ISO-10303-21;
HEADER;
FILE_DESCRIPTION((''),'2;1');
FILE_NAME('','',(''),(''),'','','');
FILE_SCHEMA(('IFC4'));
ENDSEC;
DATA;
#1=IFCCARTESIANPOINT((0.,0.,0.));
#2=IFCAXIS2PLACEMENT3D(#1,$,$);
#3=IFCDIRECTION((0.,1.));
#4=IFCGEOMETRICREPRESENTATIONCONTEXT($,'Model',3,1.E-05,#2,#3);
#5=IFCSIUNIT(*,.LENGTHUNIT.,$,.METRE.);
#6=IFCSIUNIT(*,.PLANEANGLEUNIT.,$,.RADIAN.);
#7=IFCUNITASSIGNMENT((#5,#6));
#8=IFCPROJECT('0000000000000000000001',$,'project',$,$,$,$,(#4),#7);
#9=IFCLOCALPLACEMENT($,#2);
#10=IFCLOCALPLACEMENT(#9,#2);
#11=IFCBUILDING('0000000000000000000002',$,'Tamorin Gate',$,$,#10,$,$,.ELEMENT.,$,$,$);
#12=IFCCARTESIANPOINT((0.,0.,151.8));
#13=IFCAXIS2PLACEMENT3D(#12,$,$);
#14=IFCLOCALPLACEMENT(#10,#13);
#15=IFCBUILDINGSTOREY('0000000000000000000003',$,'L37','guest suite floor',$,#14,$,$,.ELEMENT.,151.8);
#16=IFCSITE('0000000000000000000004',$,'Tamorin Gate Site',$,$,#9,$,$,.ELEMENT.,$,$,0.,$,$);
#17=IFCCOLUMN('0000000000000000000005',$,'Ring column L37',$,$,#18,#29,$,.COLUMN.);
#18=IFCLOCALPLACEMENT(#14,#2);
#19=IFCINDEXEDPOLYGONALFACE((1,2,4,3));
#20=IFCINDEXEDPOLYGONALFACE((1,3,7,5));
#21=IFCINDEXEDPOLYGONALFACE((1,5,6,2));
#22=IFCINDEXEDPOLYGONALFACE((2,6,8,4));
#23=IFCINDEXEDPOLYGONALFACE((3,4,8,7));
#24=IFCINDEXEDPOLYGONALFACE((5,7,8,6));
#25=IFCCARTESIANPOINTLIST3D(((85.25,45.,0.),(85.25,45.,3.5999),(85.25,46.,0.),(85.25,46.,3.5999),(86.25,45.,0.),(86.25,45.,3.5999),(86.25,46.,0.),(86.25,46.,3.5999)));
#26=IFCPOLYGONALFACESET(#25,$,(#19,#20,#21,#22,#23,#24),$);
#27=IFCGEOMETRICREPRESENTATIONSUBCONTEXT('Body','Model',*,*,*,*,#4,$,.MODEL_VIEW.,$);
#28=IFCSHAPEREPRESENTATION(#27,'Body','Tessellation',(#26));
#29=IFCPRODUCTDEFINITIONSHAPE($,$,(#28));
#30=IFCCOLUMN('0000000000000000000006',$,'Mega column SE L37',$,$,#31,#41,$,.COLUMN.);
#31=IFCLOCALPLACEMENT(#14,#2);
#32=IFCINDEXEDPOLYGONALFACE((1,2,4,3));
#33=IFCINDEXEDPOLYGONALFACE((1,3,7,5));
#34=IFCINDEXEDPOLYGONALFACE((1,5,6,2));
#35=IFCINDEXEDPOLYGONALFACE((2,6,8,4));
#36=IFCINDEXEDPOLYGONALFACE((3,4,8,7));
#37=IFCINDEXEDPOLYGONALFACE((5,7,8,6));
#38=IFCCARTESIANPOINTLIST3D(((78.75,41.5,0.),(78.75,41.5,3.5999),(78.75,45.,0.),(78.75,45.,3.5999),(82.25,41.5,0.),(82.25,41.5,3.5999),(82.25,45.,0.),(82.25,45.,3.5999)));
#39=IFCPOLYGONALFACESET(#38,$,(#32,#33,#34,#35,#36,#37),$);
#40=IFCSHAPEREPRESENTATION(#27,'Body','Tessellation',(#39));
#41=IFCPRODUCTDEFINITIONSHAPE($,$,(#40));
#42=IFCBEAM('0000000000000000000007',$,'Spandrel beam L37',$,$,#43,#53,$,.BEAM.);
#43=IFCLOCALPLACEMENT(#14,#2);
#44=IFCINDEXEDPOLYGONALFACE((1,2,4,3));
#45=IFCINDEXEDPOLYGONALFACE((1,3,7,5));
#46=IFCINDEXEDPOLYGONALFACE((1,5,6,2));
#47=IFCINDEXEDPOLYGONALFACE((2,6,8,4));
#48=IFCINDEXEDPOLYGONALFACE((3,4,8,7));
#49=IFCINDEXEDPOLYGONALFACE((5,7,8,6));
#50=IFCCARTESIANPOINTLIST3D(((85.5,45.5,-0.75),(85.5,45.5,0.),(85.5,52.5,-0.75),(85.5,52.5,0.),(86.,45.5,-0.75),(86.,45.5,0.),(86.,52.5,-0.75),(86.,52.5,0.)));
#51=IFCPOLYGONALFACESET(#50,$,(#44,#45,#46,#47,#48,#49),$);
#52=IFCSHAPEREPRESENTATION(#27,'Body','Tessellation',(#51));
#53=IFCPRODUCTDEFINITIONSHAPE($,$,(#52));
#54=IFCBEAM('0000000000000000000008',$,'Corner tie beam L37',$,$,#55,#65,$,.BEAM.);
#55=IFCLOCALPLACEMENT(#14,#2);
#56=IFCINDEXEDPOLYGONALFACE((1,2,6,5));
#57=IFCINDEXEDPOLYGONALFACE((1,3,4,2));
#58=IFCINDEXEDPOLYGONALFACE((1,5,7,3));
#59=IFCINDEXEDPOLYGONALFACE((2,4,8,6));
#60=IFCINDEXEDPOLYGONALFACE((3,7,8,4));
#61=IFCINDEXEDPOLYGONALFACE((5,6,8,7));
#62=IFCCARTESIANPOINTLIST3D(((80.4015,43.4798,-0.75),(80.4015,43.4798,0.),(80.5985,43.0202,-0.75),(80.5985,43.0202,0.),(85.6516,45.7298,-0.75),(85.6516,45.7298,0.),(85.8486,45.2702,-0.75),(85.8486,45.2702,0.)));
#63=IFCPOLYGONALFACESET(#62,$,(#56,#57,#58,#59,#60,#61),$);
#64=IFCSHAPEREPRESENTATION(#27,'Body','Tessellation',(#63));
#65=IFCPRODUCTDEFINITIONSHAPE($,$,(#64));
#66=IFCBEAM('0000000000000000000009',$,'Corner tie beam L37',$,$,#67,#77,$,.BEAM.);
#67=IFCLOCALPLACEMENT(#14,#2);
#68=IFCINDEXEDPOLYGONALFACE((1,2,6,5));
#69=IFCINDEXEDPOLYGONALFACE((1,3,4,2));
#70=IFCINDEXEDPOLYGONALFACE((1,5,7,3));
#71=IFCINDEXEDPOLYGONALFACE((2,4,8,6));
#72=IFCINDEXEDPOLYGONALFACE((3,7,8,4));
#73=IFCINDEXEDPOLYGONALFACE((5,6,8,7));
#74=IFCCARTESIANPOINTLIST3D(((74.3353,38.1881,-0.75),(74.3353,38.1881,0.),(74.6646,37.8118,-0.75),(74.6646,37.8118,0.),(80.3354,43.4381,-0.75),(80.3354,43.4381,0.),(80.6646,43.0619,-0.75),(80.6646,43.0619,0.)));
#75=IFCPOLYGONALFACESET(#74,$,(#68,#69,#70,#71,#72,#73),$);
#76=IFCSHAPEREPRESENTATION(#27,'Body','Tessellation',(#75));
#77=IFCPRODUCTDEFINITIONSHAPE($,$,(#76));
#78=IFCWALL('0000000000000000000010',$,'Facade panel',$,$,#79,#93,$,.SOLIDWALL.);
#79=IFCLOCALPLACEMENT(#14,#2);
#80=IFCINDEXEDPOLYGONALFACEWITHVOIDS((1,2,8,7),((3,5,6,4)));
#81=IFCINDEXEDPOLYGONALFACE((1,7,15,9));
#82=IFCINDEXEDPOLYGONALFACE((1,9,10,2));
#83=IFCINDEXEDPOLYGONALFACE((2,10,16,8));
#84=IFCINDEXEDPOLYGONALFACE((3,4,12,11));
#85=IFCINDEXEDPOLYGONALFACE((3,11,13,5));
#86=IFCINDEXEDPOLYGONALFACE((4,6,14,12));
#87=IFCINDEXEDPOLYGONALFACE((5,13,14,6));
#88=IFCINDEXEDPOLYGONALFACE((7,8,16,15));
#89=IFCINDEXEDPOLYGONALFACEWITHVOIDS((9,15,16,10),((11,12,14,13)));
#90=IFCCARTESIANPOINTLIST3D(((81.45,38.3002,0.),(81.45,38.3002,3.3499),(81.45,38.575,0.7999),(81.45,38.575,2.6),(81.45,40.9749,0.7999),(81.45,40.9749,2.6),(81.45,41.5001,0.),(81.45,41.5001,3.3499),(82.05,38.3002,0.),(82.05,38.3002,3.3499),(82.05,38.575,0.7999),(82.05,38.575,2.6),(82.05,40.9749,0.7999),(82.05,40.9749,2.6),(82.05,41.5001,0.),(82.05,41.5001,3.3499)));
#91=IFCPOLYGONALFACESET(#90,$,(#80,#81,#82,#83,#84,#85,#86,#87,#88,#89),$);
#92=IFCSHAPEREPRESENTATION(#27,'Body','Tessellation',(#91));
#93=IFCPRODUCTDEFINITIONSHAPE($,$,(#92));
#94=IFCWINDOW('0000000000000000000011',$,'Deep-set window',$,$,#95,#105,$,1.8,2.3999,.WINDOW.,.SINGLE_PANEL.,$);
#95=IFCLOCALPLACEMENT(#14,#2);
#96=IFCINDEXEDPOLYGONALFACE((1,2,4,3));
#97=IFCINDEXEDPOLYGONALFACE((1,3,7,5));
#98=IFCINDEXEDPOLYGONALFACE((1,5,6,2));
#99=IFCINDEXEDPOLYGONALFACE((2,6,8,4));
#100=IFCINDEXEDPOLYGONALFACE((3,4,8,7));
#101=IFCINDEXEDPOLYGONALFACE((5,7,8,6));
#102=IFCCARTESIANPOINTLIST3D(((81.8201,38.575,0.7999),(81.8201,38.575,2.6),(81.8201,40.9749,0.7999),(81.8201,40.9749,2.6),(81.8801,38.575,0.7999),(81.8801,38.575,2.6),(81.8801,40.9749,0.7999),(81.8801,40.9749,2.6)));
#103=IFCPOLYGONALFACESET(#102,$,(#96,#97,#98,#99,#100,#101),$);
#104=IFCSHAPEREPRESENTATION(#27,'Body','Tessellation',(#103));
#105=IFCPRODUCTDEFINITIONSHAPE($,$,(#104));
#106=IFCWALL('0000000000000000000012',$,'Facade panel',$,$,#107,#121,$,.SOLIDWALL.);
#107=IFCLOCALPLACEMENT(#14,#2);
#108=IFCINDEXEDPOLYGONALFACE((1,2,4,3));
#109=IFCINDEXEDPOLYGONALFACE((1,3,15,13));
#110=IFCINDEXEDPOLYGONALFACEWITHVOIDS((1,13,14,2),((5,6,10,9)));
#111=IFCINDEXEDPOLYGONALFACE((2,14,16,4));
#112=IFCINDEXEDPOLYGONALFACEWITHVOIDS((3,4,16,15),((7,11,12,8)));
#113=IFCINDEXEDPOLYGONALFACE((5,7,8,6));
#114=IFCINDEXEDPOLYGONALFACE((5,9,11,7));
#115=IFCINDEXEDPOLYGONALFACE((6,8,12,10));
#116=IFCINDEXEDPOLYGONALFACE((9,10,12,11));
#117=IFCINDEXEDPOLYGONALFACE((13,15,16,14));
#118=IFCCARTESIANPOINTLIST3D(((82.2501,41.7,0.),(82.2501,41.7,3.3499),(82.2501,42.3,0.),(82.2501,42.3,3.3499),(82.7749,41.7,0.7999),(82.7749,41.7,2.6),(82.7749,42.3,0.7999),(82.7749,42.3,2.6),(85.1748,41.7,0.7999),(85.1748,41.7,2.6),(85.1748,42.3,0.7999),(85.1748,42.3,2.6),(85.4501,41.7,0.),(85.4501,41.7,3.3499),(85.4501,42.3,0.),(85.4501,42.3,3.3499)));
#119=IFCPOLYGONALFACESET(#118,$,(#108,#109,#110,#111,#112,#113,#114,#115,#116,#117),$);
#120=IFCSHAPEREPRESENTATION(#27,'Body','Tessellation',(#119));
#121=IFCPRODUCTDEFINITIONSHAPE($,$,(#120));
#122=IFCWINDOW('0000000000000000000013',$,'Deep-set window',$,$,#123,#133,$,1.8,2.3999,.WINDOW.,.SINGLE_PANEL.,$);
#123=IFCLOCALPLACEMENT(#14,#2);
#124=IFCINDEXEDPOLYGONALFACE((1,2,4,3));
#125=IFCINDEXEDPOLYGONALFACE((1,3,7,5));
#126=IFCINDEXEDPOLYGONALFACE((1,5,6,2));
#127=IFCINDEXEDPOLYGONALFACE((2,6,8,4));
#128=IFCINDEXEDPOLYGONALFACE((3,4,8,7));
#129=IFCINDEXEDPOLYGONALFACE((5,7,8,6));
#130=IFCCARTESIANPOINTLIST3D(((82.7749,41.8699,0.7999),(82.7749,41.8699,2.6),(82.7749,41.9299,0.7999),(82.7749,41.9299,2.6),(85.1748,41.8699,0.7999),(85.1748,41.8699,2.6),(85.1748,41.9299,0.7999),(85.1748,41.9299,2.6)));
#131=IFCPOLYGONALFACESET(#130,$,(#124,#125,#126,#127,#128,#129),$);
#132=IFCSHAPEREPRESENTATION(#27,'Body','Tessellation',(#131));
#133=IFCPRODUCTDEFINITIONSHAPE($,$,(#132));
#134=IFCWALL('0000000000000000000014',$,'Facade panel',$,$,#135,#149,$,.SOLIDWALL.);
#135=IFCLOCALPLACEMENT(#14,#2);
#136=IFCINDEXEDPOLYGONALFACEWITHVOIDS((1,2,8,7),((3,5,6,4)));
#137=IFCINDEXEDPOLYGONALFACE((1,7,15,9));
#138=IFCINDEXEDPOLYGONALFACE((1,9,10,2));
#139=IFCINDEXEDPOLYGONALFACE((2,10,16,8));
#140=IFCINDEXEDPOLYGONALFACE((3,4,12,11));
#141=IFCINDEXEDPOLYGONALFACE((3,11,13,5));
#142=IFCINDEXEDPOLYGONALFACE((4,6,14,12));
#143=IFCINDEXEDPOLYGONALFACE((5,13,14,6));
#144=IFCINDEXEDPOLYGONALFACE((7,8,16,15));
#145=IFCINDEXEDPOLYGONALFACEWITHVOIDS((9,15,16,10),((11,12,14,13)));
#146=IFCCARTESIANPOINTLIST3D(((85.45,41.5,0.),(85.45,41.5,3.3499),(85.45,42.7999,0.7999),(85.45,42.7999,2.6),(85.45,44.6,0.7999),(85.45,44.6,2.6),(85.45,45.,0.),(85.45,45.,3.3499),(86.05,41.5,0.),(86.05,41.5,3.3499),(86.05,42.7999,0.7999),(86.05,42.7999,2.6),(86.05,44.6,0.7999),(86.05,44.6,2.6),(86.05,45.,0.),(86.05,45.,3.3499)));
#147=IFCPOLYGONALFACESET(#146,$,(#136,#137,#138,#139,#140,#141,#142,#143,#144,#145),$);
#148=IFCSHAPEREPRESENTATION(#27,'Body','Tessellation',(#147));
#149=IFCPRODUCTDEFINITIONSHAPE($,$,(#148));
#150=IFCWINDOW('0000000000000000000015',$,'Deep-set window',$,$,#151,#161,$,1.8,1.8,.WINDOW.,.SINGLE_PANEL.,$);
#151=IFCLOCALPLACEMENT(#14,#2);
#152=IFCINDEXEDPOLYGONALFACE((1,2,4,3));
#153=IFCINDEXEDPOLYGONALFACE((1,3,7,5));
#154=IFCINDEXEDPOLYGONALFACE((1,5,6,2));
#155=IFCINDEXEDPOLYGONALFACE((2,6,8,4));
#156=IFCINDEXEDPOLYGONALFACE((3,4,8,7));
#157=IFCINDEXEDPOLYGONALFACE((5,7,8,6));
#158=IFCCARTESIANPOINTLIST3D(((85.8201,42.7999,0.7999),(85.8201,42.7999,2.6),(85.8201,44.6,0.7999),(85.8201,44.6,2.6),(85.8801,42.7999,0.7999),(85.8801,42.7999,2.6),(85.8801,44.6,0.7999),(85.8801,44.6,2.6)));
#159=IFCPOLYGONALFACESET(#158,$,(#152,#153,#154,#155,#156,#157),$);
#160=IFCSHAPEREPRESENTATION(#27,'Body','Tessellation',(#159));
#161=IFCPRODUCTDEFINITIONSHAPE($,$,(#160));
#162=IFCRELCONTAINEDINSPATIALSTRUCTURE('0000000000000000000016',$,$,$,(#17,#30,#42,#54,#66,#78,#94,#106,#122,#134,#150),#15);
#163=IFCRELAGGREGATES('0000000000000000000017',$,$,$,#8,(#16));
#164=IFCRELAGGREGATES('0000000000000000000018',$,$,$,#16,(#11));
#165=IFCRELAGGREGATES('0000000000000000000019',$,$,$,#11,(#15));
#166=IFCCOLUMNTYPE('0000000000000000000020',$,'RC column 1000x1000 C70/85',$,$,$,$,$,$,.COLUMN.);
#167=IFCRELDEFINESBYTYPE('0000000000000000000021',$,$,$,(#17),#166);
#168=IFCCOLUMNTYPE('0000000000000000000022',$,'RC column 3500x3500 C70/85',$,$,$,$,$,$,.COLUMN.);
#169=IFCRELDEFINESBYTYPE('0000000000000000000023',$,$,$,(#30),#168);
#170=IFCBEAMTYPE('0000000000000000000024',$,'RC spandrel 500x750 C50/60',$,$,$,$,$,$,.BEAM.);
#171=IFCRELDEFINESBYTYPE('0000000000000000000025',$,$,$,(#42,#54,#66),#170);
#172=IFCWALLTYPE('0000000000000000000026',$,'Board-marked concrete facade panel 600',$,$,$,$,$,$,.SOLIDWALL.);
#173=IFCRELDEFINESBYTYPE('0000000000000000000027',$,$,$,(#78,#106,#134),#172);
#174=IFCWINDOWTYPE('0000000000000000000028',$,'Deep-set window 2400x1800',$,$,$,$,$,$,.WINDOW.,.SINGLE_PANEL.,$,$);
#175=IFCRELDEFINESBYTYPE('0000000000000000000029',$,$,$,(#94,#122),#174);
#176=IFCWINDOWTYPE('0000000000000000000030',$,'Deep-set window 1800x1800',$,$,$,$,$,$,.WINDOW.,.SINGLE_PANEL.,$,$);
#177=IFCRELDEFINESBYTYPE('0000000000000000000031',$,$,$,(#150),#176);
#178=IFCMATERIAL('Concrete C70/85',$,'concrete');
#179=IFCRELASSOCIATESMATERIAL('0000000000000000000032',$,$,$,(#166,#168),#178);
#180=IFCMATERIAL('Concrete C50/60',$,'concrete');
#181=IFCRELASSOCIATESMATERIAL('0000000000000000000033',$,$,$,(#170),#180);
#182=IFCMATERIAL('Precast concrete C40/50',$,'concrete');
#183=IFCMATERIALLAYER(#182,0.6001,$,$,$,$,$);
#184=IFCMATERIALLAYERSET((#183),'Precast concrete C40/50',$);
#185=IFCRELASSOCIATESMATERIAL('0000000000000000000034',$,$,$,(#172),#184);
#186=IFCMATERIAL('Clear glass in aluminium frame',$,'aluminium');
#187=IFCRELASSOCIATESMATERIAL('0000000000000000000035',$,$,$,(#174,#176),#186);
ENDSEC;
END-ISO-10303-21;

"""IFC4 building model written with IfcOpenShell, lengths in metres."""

from ifc_helpers import new_model, si_unit, direction, frame, frame_2d, origin, origin_2d, place, context, subcontext, project, spatial, rectangle, extrude, material, layer, layer_set, material_profile, profile_set, type_object, element, fill, save


model = new_model("IFC4")

# Units and contexts
model_context = context("Model", 3, precision=1e-05, world=origin(), true_north=direction((0.0, 1.0)))
body_context = subcontext(model_context, "Body", "Model", "MODEL_VIEW")
ifc_project = project(units=[si_unit("LENGTHUNIT", "METRE"), si_unit("PLANEANGLEUNIT", "RADIAN")], contexts=[model_context])

# Site, building, storey
site_placement = place(None, origin())
site = spatial("IfcSite", under=ifc_project, at=site_placement, Name="Tamorin Gate Site", CompositionType="ELEMENT", RefElevation=0.0)
building_placement = place(site_placement, origin())
building = spatial("IfcBuilding", under=site, at=building_placement, Name="Tamorin Gate", CompositionType="ELEMENT")
storey_placement = place(building_placement, frame((0.0, 0.0, 151.8)))
storey = spatial("IfcBuildingStorey", under=building, at=storey_placement, Name="L37", Description="guest suite floor", CompositionType="ELEMENT", Elevation=151.8)

# Columns
ifc_material_1 = material(Name="Concrete C70/85", Category="concrete")
ifc_material_profile_1 = material_profile(ifc_material_1, rectangle(XDim=1.0, YDim=1.0, at=origin_2d()), Name="RC 1000x1000")
ifc_profile_set_1 = profile_set([ifc_material_profile_1], Name="Concrete C70/85")
column_type_1 = type_object("IfcColumnType", Name="RC column 1000x1000 C70/85", PredefinedType="COLUMN", material=ifc_profile_set_1)
column_1_placement = place(storey_placement, frame((85.75, 45.5, 0.0), z_axis=(0.0, 0.0, 1.0), x_axis=(1.0, 0.0, 0.0)))
element("IfcColumn", 1, at=column_1_placement, inside=storey, type_object=column_type_1, Name="Ring column L37", PredefinedType="COLUMN", context=body_context, shape_type="SweptSolid", body=[
    extrude(rectangle(XDim=1.0, YDim=1.0, at=origin_2d()), origin(), (0.0, 0.0, 1.0), 3.5999),
])
ifc_material_profile_2 = material_profile(ifc_material_1, rectangle(XDim=3.5, YDim=3.5, at=origin_2d()), Name="RC 3500x3500")
ifc_profile_set_2 = profile_set([ifc_material_profile_2], Name="Concrete C70/85")
column_type_2 = type_object("IfcColumnType", Name="RC column 3500x3500 C70/85", PredefinedType="COLUMN", material=ifc_profile_set_2)
column_2_placement = place(storey_placement, frame((80.5, 43.25, 0.0), z_axis=(0.0, 0.0, 1.0), x_axis=(1.0, 0.0, 0.0)))
element("IfcColumn", 2, at=column_2_placement, inside=storey, type_object=column_type_2, Name="Mega column SE L37", PredefinedType="COLUMN", context=body_context, shape_type="SweptSolid", body=[
    extrude(rectangle(XDim=3.5, YDim=3.5, at=origin_2d()), origin(), (0.0, 0.0, 1.0), 3.5999),
])

# Beams
ifc_material_2 = material(Name="Concrete C50/60", Category="concrete")
ifc_material_profile_3 = material_profile(ifc_material_2, rectangle(XDim=0.5, YDim=0.75, at=origin_2d()), Name="RC 500x750")
ifc_profile_set_3 = profile_set([ifc_material_profile_3], Name="Concrete C50/60")
beam_type = type_object("IfcBeamType", Name="RC spandrel 500x750 C50/60", PredefinedType="BEAM", material=ifc_profile_set_3)
beam_1_placement = place(storey_placement, frame((85.75, 45.5, -0.375), z_axis=(0.0, 1.0, 0.0), x_axis=(-1.0, 0.0, 0.0)))
element("IfcBeam", 3, at=beam_1_placement, inside=storey, type_object=beam_type, Name="Spandrel beam L37", PredefinedType="BEAM", context=body_context, shape_type="SweptSolid", body=[
    extrude(rectangle(XDim=0.5, YDim=0.75, at=origin_2d()), origin(), (0.0, 0.0, 1.0), 7.0),
])
beam_2_placement = place(storey_placement, frame((80.5, 43.25, -0.375), z_axis=(0.919145, 0.393919, 0.0), x_axis=(-0.393919, 0.919145, 0.0)))
element("IfcBeam", 4, at=beam_2_placement, inside=storey, type_object=beam_type, Name="Corner tie beam L37", PredefinedType="BEAM", context=body_context, shape_type="SweptSolid", body=[
    extrude(rectangle(XDim=0.5, YDim=0.75, at=origin_2d()), origin(), (0.0, 0.0, 1.0), 5.7119),
])
beam_3_placement = place(storey_placement, frame((80.5, 43.25, -0.375), z_axis=(-0.752577, -0.658505, 0.0), x_axis=(0.658505, -0.752577, 0.0)))
element("IfcBeam", 5, at=beam_3_placement, inside=storey, type_object=beam_type, Name="Corner tie beam L37", PredefinedType="BEAM", context=body_context, shape_type="SweptSolid", body=[
    extrude(rectangle(XDim=0.5, YDim=0.75, at=origin_2d()), origin(), (0.0, 0.0, 1.0), 7.9727),
])

# Walls, openings, windows
ifc_material_3 = material(Name="Precast concrete C40/50", Category="concrete")
ifc_layer_1 = layer(ifc_material_3, 0.6001)
ifc_layer_set_1 = layer_set([ifc_layer_1], Name="Precast concrete C40/50")
wall_type_1 = type_object("IfcWallType", Name="Board-marked concrete facade panel 600", PredefinedType="SOLIDWALL", material=ifc_layer_set_1)
wall_1_placement = place(storey_placement, frame((81.75, 38.3, 0.0), z_axis=(0.0, 0.0, 1.0), x_axis=(0.0, 1.0, 0.0)))
wall_1 = element("IfcWall", 6, at=wall_1_placement, inside=storey, type_object=wall_type_1, Name="Facade panel", PredefinedType="SOLIDWALL", context=body_context, shape_type="SweptSolid", body=[
    extrude(rectangle(XDim=3.2, YDim=0.6001, at=frame_2d((1.6001, 0.0))), origin(), (0.0, 0.0, 1.0), 3.3499),
])
opening_1_placement = place(wall_1_placement, frame((0.2749, 0.0, 0.8)))
opening_1 = element("IfcOpeningElement", 7, at=opening_1_placement, cuts=wall_1, PredefinedType="OPENING", context=body_context, shape_type="SweptSolid", body=[
    extrude(rectangle(XDim=2.3999, YDim=1.8, at=frame_2d((1.2, 0.8999))), frame((0.0, 0.3101, 0.0), z_axis=(0.0, -1.0, 0.0), x_axis=(1.0, 0.0, 0.0)), (0.0, 0.0, 1.0), 0.6201),
])
ifc_material_4 = material(Name="Clear glass in aluminium frame", Category="aluminium")
window_type_1 = type_object("IfcWindowType", Name="Deep-set window 2400x1800", PartitioningType="SINGLE_PANEL", PredefinedType="WINDOW", material=ifc_material_4)
window_1_placement = place(opening_1_placement, origin())
window_1 = element("IfcWindow", 8, at=window_1_placement, inside=storey, type_object=window_type_1, Name="Deep-set window", OverallHeight=1.8, OverallWidth=2.3999, PartitioningType="SINGLE_PANEL", PredefinedType="WINDOW", context=body_context, shape_type="SweptSolid", body=[
    extrude(rectangle(XDim=2.3999, YDim=1.8, at=frame_2d((1.2, 0.8999))), frame((0.0, -0.0701, 0.0), z_axis=(0.0, -1.0, 0.0), x_axis=(1.0, 0.0, 0.0)), (0.0, 0.0, 1.0), 0.0601),
])
fill(opening_1, window_1)
wall_2_placement = place(storey_placement, frame((82.25, 42.0, 0.0), z_axis=(0.0, 0.0, 1.0), x_axis=(1.0, 0.0, 0.0)))
wall_2 = element("IfcWall", 9, at=wall_2_placement, inside=storey, type_object=wall_type_1, Name="Facade panel", PredefinedType="SOLIDWALL", context=body_context, shape_type="SweptSolid", body=[
    extrude(rectangle(XDim=3.2, YDim=0.6001, at=frame_2d((1.6001, 0.0))), origin(), (0.0, 0.0, 1.0), 3.3499),
])
opening_2_placement = place(wall_2_placement, frame((0.5249, 0.0, 0.8)))
opening_2 = element("IfcOpeningElement", 10, at=opening_2_placement, cuts=wall_2, PredefinedType="OPENING", context=body_context, shape_type="SweptSolid", body=[
    extrude(rectangle(XDim=2.3999, YDim=1.8, at=frame_2d((1.2, 0.8999))), frame((0.0, 0.3101, 0.0), z_axis=(0.0, -1.0, 0.0), x_axis=(1.0, 0.0, 0.0)), (0.0, 0.0, 1.0), 0.6201),
])
window_2_placement = place(opening_2_placement, origin())
window_2 = element("IfcWindow", 11, at=window_2_placement, inside=storey, type_object=window_type_1, Name="Deep-set window", OverallHeight=1.8, OverallWidth=2.3999, PartitioningType="SINGLE_PANEL", PredefinedType="WINDOW", context=body_context, shape_type="SweptSolid", body=[
    extrude(rectangle(XDim=2.3999, YDim=1.8, at=frame_2d((1.2, 0.8999))), frame((0.0, -0.0701, 0.0), z_axis=(0.0, -1.0, 0.0), x_axis=(1.0, 0.0, 0.0)), (0.0, 0.0, 1.0), 0.0601),
])
fill(opening_2, window_2)
wall_3_placement = place(storey_placement, frame((85.75, 41.5, 0.0), z_axis=(0.0, 0.0, 1.0), x_axis=(0.0, 1.0, 0.0)))
wall_3 = element("IfcWall", 12, at=wall_3_placement, inside=storey, type_object=wall_type_1, Name="Facade panel", PredefinedType="SOLIDWALL", context=body_context, shape_type="SweptSolid", body=[
    extrude(rectangle(XDim=3.5, YDim=0.6001, at=frame_2d((1.75, 0.0))), origin(), (0.0, 0.0, 1.0), 3.3499),
])
opening_3_placement = place(wall_3_placement, frame((1.3, 0.0, 0.8)))
opening_3 = element("IfcOpeningElement", 13, at=opening_3_placement, cuts=wall_3, PredefinedType="OPENING", context=body_context, shape_type="SweptSolid", body=[
    extrude(rectangle(XDim=1.8, YDim=1.8, at=frame_2d((0.8999, 0.8999))), frame((0.0, 0.3101, 0.0), z_axis=(0.0, -1.0, 0.0), x_axis=(1.0, 0.0, 0.0)), (0.0, 0.0, 1.0), 0.6201),
])
window_type_2 = type_object("IfcWindowType", Name="Deep-set window 1800x1800", PartitioningType="SINGLE_PANEL", PredefinedType="WINDOW", material=ifc_material_4)
window_3_placement = place(opening_3_placement, origin())
window_3 = element("IfcWindow", 14, at=window_3_placement, inside=storey, type_object=window_type_2, Name="Deep-set window", OverallHeight=1.8, OverallWidth=1.8, PartitioningType="SINGLE_PANEL", PredefinedType="WINDOW", context=body_context, shape_type="SweptSolid", body=[
    extrude(rectangle(XDim=1.8, YDim=1.8, at=frame_2d((0.8999, 0.8999))), frame((0.0, -0.0701, 0.0), z_axis=(0.0, -1.0, 0.0), x_axis=(1.0, 0.0, 0.0)), (0.0, 0.0, 1.0), 0.0601),
])
fill(opening_3, window_3)

save(model, "model.ifc")
